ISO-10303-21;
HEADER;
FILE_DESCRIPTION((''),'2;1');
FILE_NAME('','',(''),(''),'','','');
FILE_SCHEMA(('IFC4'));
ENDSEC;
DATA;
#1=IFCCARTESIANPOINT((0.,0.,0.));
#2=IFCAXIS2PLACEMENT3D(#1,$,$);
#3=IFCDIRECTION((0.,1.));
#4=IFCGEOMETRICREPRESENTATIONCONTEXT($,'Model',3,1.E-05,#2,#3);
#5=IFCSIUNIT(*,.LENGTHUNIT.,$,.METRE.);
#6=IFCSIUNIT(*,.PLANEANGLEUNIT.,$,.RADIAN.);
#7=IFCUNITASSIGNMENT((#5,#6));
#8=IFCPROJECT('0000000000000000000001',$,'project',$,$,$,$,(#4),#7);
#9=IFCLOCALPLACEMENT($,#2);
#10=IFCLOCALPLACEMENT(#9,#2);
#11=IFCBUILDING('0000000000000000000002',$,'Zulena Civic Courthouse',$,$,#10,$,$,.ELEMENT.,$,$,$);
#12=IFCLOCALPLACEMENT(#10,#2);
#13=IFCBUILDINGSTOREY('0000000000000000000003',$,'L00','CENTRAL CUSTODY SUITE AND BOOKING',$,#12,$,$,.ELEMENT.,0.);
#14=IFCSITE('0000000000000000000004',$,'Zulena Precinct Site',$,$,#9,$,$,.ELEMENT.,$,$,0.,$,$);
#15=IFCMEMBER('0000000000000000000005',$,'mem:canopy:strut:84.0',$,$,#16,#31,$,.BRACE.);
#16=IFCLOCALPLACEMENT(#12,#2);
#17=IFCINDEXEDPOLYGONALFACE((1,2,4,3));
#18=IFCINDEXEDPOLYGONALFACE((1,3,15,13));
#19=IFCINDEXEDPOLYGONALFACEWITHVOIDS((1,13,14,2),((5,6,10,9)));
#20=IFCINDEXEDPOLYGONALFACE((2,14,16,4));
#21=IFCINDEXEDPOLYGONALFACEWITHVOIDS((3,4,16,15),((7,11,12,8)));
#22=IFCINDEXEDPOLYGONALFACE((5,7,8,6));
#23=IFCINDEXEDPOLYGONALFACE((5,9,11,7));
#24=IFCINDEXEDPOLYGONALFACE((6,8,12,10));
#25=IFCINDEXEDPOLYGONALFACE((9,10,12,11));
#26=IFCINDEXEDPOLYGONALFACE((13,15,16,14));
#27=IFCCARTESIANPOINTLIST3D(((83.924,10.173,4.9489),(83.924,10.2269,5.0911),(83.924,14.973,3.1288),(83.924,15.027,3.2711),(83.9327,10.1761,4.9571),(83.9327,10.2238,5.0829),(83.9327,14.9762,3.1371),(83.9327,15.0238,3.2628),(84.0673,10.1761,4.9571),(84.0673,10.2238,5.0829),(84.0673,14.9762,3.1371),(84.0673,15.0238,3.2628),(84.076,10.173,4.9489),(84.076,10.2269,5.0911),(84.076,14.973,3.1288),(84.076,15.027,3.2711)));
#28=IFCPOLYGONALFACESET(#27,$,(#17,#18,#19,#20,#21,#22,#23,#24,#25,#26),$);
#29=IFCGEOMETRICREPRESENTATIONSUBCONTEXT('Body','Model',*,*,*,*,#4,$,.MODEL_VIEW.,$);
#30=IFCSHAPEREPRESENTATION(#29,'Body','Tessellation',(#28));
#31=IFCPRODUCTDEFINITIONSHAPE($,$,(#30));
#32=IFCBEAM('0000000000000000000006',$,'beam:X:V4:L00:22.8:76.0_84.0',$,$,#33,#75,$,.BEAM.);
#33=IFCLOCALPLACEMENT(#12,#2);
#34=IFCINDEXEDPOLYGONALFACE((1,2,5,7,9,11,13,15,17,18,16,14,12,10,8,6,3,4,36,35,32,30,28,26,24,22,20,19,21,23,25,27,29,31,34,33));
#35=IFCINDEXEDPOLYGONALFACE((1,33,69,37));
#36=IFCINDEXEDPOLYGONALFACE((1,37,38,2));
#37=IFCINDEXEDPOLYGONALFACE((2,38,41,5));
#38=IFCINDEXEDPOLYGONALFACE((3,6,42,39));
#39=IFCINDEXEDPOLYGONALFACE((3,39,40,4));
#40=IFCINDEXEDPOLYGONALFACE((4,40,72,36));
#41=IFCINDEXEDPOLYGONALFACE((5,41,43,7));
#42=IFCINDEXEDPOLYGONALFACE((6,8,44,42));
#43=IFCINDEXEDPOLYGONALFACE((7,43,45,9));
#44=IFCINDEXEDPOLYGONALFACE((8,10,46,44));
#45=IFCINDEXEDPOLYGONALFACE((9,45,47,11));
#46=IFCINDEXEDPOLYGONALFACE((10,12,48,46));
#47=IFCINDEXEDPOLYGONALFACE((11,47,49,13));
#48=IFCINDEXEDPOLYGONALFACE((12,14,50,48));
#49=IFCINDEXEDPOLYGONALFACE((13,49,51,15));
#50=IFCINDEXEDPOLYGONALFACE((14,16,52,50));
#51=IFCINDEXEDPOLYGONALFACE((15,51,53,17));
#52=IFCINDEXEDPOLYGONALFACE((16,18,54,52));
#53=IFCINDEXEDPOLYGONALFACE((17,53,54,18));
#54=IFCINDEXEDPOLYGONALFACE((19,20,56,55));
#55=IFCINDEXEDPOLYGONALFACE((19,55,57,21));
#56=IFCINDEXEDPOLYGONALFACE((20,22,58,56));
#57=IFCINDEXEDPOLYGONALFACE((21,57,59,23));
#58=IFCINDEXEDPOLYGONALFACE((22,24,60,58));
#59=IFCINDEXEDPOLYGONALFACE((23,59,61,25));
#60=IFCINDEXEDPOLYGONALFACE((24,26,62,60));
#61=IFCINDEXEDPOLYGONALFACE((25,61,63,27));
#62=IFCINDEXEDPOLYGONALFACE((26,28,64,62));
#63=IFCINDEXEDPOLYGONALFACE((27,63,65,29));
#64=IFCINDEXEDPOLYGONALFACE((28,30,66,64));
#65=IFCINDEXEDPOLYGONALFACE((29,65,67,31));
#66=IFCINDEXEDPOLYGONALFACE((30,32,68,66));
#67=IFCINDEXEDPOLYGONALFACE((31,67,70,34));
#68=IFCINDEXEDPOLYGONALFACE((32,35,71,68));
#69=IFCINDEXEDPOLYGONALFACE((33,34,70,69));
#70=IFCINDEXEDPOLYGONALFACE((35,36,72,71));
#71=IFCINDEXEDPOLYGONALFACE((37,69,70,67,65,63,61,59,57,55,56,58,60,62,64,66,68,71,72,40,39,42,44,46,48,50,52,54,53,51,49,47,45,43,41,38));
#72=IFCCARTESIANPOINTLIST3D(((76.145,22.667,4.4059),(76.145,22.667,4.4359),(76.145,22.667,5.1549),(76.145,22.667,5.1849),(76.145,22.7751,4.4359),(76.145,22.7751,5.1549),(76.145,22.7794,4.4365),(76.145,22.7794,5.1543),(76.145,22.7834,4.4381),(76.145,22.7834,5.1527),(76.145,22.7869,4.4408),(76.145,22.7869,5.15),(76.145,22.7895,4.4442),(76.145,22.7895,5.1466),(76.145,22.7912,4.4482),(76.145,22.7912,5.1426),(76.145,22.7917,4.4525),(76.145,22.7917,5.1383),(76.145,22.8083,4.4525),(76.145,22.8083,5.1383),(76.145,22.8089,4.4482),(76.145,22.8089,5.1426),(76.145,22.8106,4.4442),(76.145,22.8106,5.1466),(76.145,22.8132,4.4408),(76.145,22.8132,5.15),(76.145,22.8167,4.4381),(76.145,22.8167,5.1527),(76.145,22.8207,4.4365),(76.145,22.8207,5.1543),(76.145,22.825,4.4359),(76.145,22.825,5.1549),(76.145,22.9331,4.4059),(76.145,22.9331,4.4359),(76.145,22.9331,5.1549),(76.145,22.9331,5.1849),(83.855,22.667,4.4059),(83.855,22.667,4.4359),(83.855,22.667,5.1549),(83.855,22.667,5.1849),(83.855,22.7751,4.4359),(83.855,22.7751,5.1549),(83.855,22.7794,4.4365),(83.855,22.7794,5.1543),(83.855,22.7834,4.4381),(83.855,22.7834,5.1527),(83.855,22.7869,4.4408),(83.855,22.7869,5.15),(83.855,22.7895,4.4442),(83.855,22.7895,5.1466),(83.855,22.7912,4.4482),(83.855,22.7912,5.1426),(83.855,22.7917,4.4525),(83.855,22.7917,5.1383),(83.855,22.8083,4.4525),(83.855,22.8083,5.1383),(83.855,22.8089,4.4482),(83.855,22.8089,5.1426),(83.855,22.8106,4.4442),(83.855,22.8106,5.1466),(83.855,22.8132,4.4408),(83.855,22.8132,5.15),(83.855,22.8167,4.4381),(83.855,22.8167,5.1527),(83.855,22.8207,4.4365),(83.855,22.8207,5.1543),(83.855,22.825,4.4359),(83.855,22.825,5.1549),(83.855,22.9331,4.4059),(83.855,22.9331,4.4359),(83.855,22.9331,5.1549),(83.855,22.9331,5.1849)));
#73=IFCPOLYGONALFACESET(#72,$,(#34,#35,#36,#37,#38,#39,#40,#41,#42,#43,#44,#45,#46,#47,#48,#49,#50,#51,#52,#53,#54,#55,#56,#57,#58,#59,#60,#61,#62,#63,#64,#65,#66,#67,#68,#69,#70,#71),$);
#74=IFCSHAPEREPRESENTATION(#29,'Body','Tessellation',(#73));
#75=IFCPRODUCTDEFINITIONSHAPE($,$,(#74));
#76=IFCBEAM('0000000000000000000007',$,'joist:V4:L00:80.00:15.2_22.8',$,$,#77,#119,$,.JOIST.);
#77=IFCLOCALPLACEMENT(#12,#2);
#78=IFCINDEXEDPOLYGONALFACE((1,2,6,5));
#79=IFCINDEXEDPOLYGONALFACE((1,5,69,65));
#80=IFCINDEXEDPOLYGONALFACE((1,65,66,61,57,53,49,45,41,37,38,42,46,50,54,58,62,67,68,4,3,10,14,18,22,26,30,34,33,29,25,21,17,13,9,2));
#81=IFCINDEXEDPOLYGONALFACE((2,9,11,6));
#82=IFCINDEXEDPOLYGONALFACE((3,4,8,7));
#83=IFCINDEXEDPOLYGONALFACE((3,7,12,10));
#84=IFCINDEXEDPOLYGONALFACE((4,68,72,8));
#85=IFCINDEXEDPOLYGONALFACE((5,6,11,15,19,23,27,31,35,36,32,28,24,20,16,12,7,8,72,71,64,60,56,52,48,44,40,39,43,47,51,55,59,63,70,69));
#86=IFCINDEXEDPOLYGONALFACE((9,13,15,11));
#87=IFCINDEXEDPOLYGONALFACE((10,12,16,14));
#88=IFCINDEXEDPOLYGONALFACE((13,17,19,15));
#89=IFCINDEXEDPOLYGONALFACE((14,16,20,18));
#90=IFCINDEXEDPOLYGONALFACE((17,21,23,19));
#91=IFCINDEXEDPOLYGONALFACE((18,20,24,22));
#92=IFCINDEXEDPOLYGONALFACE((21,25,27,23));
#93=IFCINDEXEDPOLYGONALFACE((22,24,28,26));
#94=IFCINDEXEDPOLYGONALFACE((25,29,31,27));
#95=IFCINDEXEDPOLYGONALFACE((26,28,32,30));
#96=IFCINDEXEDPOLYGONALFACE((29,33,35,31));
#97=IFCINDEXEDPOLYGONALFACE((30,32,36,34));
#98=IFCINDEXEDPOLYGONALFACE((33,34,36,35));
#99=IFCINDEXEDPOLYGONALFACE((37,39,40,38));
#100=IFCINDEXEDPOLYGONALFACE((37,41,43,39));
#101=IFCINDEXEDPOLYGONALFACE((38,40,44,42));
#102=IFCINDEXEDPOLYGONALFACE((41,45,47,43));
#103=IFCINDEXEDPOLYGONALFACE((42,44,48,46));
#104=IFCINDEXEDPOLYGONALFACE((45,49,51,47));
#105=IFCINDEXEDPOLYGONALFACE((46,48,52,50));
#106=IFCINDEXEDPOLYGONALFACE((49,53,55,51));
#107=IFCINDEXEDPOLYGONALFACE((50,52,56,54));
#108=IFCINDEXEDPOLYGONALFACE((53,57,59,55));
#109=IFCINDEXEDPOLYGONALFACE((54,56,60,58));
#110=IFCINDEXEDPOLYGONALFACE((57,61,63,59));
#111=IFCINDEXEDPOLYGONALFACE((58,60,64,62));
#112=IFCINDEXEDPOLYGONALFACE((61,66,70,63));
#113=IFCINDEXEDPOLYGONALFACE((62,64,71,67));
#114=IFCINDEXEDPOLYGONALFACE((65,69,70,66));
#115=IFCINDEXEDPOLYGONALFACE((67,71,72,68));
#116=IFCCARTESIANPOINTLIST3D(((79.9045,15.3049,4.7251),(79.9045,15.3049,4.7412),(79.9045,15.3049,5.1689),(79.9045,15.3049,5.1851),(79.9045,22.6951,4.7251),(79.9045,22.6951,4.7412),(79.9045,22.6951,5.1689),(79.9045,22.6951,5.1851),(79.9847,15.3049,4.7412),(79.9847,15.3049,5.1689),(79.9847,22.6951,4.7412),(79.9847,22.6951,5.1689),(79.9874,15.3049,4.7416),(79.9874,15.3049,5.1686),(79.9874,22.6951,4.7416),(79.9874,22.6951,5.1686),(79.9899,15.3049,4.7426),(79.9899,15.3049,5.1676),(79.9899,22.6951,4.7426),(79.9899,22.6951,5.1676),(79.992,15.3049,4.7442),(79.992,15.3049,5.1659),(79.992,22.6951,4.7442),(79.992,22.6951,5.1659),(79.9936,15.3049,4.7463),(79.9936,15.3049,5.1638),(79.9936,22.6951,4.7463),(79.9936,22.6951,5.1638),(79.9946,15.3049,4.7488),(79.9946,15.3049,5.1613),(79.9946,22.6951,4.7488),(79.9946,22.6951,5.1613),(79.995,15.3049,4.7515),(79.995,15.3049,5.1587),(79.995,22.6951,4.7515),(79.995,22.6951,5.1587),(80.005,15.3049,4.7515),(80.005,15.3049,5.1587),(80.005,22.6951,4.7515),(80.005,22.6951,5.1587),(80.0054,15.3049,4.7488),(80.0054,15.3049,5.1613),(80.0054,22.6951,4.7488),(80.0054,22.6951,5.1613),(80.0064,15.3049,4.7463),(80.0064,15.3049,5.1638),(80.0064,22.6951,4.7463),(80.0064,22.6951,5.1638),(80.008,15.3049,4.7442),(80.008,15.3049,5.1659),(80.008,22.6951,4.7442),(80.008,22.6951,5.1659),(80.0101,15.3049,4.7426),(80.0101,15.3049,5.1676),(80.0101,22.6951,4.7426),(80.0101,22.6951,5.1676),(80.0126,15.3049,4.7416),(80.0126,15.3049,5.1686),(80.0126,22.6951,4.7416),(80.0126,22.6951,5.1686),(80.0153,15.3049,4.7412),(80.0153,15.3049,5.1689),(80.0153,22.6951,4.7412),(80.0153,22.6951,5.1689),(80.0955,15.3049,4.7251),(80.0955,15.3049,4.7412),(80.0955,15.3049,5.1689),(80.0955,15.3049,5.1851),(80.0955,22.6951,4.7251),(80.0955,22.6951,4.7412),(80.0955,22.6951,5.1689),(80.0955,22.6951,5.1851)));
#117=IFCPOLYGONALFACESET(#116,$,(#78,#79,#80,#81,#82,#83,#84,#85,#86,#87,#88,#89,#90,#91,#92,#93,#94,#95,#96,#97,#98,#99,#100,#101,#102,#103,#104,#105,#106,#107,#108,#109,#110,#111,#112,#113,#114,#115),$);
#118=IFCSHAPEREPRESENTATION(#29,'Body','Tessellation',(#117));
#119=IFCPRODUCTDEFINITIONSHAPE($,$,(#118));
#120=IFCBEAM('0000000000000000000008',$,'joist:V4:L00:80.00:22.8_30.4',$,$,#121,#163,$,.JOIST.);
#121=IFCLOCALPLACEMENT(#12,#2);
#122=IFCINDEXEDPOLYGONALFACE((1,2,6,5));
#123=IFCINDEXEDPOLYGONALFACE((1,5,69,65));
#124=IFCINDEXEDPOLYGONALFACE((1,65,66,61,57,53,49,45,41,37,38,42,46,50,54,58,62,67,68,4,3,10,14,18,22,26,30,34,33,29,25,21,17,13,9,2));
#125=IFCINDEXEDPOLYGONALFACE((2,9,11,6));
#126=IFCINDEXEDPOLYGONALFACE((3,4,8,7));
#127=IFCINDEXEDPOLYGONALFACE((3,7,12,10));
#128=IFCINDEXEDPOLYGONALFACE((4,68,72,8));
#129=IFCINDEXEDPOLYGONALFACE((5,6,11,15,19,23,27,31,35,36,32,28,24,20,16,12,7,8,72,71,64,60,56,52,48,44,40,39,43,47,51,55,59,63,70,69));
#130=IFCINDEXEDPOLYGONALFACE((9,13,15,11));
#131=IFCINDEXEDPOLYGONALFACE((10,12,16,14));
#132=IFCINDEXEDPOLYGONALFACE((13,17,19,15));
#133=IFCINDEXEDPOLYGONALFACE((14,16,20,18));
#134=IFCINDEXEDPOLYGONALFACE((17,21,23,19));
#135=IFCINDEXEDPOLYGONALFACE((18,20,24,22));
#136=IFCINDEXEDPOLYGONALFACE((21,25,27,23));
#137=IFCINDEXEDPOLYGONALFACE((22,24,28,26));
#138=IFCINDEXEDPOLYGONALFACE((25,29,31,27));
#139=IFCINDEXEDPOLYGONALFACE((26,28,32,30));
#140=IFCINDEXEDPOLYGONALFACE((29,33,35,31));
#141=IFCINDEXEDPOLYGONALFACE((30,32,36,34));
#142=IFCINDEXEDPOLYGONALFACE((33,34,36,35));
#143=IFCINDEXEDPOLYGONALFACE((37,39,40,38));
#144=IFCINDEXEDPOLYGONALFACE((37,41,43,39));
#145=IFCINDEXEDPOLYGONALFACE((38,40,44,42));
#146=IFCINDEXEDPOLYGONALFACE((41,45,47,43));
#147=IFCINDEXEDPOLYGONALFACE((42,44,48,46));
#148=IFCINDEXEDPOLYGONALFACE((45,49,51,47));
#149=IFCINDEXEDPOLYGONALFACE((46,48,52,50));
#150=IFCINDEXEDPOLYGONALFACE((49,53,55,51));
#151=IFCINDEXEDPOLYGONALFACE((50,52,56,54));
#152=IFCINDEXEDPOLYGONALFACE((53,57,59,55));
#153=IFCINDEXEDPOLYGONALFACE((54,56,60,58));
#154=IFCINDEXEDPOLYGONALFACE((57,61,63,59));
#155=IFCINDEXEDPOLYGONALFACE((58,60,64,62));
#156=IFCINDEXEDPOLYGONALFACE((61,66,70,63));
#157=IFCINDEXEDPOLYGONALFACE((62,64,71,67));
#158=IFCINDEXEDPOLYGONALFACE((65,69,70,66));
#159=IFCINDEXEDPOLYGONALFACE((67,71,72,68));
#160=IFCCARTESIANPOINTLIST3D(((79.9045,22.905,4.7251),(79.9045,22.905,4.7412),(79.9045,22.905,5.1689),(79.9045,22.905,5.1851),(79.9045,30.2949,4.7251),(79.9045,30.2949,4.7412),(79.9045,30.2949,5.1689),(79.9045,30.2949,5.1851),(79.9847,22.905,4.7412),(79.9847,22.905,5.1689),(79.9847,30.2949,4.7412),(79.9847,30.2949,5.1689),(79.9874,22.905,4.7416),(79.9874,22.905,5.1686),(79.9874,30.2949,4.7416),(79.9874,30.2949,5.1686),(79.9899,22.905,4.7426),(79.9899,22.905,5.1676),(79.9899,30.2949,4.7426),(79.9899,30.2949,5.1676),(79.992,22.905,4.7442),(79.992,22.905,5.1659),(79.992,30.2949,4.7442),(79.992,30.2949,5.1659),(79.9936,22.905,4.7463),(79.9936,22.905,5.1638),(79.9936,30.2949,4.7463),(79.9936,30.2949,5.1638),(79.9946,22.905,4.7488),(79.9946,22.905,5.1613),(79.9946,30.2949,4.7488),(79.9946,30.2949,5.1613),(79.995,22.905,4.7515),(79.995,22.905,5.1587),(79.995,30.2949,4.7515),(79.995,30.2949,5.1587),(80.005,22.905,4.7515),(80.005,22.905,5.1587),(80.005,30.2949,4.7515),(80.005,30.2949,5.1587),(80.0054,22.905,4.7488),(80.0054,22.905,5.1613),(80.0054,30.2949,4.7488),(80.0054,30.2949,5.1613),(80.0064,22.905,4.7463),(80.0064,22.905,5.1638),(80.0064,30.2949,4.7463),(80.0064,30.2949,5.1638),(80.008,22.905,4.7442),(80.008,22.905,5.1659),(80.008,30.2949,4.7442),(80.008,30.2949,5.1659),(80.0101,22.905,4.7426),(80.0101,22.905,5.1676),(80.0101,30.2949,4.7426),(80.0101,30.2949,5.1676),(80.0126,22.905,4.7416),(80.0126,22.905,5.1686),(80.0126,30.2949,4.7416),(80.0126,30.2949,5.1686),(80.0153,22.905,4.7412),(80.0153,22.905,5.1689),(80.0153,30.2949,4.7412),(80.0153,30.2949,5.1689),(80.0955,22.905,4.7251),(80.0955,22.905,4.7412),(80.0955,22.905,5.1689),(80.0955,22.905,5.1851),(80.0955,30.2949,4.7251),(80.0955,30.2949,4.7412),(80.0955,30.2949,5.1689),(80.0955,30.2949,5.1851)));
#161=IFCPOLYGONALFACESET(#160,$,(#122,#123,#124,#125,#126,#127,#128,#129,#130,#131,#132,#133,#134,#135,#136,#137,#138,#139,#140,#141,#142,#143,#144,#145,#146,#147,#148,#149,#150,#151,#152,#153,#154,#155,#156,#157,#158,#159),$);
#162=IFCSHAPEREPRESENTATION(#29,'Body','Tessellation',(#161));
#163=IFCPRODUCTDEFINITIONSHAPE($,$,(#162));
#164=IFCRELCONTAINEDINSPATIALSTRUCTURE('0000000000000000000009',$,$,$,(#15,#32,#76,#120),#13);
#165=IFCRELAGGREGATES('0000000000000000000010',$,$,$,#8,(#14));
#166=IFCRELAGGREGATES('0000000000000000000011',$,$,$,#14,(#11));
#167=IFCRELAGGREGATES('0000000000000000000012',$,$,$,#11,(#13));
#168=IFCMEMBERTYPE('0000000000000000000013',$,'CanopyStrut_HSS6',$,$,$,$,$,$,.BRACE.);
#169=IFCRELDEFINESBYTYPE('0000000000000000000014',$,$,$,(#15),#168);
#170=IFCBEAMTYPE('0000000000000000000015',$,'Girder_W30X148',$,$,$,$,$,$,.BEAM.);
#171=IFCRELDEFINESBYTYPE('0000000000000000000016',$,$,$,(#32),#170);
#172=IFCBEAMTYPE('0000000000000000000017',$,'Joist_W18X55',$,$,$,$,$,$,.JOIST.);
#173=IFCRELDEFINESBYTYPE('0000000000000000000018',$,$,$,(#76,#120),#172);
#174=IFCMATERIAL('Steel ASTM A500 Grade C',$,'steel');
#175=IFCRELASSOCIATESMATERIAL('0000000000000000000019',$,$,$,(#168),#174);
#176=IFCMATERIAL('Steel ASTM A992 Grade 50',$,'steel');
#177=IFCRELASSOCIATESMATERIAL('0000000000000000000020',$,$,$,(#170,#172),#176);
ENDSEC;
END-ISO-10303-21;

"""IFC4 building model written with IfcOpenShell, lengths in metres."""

from ifc_helpers import new_model, si_unit, direction, frame, origin, origin_2d, place, context, subcontext, project, spatial, hollow_rectangle, i_section, extrude, material, material_profile, profile_set, type_object, element, save


model = new_model("IFC4")

# Units and contexts
model_context = context("Model", 3, precision=1e-05, world=origin(), true_north=direction((0.0, 1.0)))
body_context = subcontext(model_context, "Body", "Model", "MODEL_VIEW")
ifc_project = project(units=[si_unit("LENGTHUNIT", "METRE"), si_unit("PLANEANGLEUNIT", "RADIAN")], contexts=[model_context])

# Site, building, storey
site_placement = place(None, origin())
site = spatial("IfcSite", under=ifc_project, at=site_placement, Name="Zulena Precinct Site", CompositionType="ELEMENT", RefElevation=0.0)
building_placement = place(site_placement, origin())
building = spatial("IfcBuilding", under=site, at=building_placement, Name="Zulena Civic Courthouse", CompositionType="ELEMENT")
storey_placement = place(building_placement, origin())
storey = spatial("IfcBuildingStorey", under=building, at=storey_placement, Name="L00", Description="CENTRAL CUSTODY SUITE AND BOOKING", CompositionType="ELEMENT", Elevation=0.0)

# Shared definitions
ifc_material_1 = material(Name="Steel ASTM A992 Grade 50", Category="steel")

# Shared definitions
ifc_material_2 = material(Name="Steel ASTM A500 Grade C", Category="steel")

# Member
ifc_material_profile_1 = material_profile(ifc_material_2, hollow_rectangle(XDim=0.1521, YDim=0.1521, WallThickness=0.0088, at=origin_2d()), Name="HSS6X6X3/8")
ifc_profile_set_1 = profile_set([ifc_material_profile_1], Name="Steel ASTM A500 Grade C")
member_type_1 = type_object("IfcMemberType", Name="CanopyStrut_HSS6", PredefinedType="BRACE", material=ifc_profile_set_1)
member_placement = place(storey_placement, frame((84.0, 15.0, 3.2), z_axis=(0.0, -0.935039, 0.354545), x_axis=(1.0, 0.0, 0.0)))
element("IfcMember", 1, at=member_placement, inside=storey, type_object=member_type_1, Name="mem:canopy:strut:84.0", PredefinedType="BRACE", context=body_context, shape_type="SweptSolid", body=[
    extrude(hollow_rectangle(XDim=0.1521, YDim=0.1521, WallThickness=0.0088, at=origin_2d()), origin(), (0.0, 0.0, 1.0), 5.1335),
])

# Beams
ifc_material_profile_2 = material_profile(ifc_material_1, i_section(OverallWidth=0.2661, OverallDepth=0.7791, WebThickness=0.0166, FlangeThickness=0.03, FilletRadius=0.0166, at=origin_2d()), Name="W30X148")
ifc_profile_set_2 = profile_set([ifc_material_profile_2], Name="Steel ASTM A992 Grade 50")
beam_type_1 = type_object("IfcBeamType", Name="Girder_W30X148", PredefinedType="BEAM", material=ifc_profile_set_2)
beam_1_placement = place(storey_placement, frame((76.145, 22.8, 4.7954), z_axis=(1.0, 0.0, 0.0), x_axis=(0.0, 1.0, 0.0)))
element("IfcBeam", 2, at=beam_1_placement, inside=storey, type_object=beam_type_1, Name="beam:X:V4:L00:22.8:76.0_84.0", PredefinedType="BEAM", context=body_context, shape_type="SweptSolid", body=[
    extrude(i_section(OverallWidth=0.2661, OverallDepth=0.7791, WebThickness=0.0166, FlangeThickness=0.03, FilletRadius=0.0166, at=origin_2d()), origin(), (0.0, 0.0, 1.0), 7.71),
])
ifc_material_profile_3 = material_profile(ifc_material_1, i_section(OverallWidth=0.1909, OverallDepth=0.46, WebThickness=0.01, FlangeThickness=0.0161, FilletRadius=0.0103, at=origin_2d()), Name="W18X55")
ifc_profile_set_3 = profile_set([ifc_material_profile_3], Name="Steel ASTM A992 Grade 50")
beam_type_2 = type_object("IfcBeamType", Name="Joist_W18X55", PredefinedType="JOIST", material=ifc_profile_set_3)
beam_2_placement = place(storey_placement, frame((80.0, 15.3049, 4.9551), z_axis=(0.0, 1.0, 0.0), x_axis=(-1.0, 0.0, 0.0)))
element("IfcBeam", 3, at=beam_2_placement, inside=storey, type_object=beam_type_2, Name="joist:V4:L00:80.00:15.2_22.8", PredefinedType="JOIST", context=body_context, shape_type="SweptSolid", body=[
    extrude(i_section(OverallWidth=0.1909, OverallDepth=0.46, WebThickness=0.01, FlangeThickness=0.0161, FilletRadius=0.0103, at=origin_2d()), origin(), (0.0, 0.0, 1.0), 7.3901),
])
beam_3_placement = place(storey_placement, frame((80.0, 22.905, 4.9551), z_axis=(0.0, 1.0, 0.0), x_axis=(-1.0, 0.0, 0.0)))
element("IfcBeam", 4, at=beam_3_placement, inside=storey, type_object=beam_type_2, Name="joist:V4:L00:80.00:22.8_30.4", PredefinedType="JOIST", context=body_context, shape_type="SweptSolid", body=[
    extrude(i_section(OverallWidth=0.1909, OverallDepth=0.46, WebThickness=0.01, FlangeThickness=0.0161, FilletRadius=0.0103, at=origin_2d()), origin(), (0.0, 0.0, 1.0), 7.3899),
])

save(model, "model.ifc")
